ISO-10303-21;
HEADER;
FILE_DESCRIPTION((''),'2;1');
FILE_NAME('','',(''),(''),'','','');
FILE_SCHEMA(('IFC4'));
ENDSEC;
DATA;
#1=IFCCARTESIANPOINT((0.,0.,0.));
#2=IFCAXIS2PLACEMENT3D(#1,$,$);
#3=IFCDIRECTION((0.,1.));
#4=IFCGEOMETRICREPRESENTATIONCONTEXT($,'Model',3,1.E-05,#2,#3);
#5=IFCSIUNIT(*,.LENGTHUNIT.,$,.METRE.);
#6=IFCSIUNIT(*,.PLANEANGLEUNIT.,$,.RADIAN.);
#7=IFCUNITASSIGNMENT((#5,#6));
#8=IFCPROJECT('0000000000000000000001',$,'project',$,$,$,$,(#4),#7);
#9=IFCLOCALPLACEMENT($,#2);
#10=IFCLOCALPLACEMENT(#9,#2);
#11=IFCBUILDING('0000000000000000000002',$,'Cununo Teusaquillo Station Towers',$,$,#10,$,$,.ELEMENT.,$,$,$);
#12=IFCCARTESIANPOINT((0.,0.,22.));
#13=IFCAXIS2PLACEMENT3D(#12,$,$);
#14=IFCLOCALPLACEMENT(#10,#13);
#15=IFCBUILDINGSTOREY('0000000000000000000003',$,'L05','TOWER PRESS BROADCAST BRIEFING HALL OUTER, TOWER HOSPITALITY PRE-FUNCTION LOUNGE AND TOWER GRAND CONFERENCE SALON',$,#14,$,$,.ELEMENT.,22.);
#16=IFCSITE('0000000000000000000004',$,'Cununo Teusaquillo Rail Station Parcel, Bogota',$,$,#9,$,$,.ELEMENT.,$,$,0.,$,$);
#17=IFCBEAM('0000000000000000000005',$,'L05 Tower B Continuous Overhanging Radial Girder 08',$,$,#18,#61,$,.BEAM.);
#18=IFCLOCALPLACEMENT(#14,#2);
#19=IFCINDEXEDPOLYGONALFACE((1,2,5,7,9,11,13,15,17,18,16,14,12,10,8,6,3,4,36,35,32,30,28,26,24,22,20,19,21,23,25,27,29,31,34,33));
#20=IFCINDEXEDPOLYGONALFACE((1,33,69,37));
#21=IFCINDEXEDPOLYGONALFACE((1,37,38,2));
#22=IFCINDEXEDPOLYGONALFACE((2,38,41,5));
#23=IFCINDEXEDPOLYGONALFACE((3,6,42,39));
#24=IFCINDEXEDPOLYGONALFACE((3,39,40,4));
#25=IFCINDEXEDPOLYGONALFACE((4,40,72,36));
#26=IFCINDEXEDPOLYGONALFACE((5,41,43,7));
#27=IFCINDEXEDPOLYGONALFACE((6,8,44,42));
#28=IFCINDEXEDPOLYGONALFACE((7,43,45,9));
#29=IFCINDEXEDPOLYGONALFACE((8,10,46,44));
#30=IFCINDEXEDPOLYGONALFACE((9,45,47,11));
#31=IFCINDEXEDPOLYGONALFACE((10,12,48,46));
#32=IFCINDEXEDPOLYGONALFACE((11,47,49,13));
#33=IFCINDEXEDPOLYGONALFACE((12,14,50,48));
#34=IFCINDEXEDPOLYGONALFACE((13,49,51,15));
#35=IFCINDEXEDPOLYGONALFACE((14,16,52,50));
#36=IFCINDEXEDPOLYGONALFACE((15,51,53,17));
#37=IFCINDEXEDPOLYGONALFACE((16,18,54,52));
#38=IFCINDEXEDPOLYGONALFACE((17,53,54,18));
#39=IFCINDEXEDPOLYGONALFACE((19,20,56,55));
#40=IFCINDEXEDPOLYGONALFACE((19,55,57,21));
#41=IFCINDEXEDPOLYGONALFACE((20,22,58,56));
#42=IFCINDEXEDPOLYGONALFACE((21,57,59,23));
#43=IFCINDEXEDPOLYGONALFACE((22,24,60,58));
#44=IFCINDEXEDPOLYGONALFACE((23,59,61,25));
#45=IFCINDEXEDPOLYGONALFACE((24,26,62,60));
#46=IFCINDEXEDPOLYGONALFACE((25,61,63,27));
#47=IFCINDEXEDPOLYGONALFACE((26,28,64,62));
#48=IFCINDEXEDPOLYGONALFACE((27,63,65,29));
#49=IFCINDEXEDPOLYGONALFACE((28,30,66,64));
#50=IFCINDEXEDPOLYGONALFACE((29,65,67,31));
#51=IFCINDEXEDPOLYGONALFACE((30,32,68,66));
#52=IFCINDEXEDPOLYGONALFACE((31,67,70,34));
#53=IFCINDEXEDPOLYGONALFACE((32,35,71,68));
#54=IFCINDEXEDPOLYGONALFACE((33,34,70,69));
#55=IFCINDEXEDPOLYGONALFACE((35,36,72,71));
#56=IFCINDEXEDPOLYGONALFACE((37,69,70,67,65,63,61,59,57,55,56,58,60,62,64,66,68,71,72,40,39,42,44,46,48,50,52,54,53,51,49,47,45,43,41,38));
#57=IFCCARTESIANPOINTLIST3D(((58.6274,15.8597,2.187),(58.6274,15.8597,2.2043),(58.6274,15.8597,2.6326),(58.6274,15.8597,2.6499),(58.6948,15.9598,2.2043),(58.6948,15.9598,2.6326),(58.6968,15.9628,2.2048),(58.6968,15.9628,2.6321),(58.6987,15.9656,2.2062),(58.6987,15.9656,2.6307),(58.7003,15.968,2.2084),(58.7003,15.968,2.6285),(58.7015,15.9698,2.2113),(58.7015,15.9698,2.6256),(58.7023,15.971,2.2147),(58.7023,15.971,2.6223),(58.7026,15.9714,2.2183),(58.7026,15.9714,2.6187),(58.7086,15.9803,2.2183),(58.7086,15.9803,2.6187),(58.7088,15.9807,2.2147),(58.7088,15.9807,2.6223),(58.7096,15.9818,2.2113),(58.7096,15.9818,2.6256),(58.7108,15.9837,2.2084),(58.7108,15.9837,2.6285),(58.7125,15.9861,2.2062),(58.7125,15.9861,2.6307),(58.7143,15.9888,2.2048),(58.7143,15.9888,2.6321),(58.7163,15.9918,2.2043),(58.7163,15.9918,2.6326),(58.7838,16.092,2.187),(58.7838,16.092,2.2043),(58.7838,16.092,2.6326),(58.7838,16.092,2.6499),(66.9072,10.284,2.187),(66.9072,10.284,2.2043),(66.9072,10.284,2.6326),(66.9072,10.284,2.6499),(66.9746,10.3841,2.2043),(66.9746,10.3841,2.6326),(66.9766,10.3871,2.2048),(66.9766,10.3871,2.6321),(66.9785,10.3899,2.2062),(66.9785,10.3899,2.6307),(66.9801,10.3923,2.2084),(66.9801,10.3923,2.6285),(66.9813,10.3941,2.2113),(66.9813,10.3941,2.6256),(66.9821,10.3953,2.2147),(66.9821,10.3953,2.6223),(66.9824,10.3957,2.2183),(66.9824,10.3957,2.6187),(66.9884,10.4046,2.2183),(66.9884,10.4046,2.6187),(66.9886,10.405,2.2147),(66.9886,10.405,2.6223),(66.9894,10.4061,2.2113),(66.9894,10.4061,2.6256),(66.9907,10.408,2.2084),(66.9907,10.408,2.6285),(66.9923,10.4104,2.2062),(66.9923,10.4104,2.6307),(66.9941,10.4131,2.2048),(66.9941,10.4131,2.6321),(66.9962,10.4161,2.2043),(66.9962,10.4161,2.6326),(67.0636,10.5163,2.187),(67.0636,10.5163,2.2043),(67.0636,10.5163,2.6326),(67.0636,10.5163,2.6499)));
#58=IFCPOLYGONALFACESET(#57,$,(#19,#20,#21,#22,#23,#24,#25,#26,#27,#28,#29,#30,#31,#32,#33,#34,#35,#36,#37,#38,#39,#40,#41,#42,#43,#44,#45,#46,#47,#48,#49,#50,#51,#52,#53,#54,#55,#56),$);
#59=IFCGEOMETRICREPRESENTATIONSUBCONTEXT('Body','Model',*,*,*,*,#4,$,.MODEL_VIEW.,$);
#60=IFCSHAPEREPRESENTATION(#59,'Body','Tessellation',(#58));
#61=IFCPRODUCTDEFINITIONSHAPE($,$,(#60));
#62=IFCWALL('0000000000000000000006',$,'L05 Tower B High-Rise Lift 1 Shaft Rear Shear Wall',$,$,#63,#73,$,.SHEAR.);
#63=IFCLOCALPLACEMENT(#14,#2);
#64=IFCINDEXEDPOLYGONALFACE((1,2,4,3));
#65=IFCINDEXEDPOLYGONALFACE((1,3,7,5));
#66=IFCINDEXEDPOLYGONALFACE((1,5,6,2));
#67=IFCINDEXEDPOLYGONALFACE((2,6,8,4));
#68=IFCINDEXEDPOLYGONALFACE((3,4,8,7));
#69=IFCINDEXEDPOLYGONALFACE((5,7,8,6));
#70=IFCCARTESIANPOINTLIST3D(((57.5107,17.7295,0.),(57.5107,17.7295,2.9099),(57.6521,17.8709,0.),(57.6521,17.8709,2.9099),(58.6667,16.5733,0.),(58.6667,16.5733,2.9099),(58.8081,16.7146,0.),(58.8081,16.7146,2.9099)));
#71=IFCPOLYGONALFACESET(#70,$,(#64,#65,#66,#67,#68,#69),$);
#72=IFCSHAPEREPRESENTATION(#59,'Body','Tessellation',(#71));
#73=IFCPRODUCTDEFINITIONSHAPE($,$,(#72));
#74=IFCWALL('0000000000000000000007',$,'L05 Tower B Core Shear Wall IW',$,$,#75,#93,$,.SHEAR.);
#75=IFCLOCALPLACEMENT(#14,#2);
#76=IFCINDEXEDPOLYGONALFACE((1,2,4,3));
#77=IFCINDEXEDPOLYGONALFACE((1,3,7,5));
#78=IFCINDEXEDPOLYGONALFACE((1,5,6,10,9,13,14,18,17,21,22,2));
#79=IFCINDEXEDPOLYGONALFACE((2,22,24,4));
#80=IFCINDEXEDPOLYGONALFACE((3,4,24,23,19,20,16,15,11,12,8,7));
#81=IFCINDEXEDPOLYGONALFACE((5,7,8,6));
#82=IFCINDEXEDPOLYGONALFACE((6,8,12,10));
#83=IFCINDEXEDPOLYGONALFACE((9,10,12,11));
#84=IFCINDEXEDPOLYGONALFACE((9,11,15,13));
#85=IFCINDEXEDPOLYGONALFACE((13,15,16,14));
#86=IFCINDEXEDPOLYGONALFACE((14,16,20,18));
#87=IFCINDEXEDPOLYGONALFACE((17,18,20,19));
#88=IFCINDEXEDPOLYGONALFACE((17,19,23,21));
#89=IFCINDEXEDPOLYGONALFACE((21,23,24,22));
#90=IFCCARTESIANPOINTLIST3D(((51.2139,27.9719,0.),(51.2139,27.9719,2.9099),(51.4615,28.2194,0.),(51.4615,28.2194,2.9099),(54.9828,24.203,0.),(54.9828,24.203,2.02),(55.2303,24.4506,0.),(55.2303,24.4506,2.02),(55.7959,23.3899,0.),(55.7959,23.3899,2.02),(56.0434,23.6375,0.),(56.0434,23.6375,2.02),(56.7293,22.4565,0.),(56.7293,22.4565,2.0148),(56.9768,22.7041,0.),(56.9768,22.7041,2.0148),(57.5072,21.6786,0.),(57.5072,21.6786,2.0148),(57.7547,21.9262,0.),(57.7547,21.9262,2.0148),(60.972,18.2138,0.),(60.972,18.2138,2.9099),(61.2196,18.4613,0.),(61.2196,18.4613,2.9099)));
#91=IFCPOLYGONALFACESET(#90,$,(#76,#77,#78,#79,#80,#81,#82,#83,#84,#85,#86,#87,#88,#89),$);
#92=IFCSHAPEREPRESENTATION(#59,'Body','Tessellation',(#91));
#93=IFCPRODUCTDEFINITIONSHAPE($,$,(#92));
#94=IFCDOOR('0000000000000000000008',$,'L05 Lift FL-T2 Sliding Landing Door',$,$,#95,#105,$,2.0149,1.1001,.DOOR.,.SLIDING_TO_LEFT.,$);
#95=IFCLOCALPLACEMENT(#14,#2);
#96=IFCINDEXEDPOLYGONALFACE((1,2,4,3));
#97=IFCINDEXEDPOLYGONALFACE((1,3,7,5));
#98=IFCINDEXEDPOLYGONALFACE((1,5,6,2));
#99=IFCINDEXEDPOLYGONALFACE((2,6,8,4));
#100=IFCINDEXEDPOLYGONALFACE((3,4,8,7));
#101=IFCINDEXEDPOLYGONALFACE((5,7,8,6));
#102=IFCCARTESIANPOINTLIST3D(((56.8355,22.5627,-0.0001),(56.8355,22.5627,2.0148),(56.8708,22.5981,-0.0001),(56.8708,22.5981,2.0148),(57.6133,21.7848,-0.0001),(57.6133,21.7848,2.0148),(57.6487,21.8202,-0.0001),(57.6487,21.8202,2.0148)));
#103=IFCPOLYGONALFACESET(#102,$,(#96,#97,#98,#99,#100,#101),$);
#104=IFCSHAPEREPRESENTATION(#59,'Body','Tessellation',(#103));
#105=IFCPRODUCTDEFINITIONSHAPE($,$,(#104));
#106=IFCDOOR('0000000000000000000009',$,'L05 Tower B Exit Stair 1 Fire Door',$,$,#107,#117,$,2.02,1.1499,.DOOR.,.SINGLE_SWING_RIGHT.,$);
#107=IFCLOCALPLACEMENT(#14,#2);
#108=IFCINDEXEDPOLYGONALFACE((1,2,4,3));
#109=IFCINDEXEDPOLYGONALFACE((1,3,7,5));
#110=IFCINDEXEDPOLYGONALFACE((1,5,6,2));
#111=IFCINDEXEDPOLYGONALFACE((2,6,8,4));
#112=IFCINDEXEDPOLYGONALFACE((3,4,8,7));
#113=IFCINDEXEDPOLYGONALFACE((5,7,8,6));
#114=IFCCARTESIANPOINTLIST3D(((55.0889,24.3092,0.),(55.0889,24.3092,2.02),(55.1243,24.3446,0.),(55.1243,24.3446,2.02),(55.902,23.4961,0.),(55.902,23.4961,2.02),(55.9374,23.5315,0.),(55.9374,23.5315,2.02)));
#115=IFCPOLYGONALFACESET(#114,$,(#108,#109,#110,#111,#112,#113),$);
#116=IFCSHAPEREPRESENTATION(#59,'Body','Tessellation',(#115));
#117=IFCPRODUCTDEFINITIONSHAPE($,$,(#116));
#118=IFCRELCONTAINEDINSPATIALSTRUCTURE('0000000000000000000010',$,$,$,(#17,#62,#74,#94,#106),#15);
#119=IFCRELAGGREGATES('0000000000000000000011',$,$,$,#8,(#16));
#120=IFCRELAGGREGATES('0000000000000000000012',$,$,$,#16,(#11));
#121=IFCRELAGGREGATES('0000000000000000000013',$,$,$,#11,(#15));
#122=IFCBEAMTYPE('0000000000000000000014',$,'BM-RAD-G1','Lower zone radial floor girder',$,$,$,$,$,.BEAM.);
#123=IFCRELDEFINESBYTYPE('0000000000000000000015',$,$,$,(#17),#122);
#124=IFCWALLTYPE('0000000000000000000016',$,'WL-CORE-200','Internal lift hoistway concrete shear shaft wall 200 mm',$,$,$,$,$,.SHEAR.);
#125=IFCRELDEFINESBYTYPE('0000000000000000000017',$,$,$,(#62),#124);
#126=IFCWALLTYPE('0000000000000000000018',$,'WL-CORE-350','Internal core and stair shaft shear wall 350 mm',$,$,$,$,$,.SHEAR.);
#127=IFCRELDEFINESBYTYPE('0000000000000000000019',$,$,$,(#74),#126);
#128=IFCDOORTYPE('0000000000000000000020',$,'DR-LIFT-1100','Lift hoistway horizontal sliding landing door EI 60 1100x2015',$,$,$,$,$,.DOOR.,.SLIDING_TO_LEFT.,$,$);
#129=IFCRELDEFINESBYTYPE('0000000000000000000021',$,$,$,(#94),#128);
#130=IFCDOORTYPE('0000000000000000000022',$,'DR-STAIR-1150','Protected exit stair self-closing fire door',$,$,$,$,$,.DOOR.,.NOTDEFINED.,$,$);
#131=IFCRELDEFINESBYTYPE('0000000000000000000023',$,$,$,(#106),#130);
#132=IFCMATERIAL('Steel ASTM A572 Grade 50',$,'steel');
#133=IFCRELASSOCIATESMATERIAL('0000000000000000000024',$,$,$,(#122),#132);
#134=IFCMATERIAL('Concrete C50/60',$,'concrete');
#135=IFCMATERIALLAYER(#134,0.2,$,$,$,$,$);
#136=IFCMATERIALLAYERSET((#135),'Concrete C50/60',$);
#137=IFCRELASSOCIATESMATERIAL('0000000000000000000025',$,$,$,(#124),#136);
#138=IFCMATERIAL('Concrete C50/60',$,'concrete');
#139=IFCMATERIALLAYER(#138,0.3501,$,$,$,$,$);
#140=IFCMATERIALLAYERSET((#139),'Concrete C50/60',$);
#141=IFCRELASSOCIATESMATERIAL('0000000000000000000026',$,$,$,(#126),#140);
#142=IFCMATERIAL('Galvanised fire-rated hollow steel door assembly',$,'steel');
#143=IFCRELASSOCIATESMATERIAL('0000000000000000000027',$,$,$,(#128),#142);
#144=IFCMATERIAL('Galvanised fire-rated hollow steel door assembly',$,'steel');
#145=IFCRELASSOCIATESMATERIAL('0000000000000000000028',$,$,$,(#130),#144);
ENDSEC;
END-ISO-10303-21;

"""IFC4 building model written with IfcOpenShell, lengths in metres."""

from ifc_helpers import new_model, si_unit, direction, frame, frame_2d, origin, origin_2d, place, context, subcontext, project, spatial, rectangle, i_section, extrude, source, transform, mapped, material, layer, layer_set, material_profile, profile_set, type_object, element, fill, save


model = new_model("IFC4")

# Units and contexts
model_context = context("Model", 3, precision=1e-05, world=origin(), true_north=direction((0.0, 1.0)))
body_context = subcontext(model_context, "Body", "Model", "MODEL_VIEW")
ifc_project = project(units=[si_unit("LENGTHUNIT", "METRE"), si_unit("PLANEANGLEUNIT", "RADIAN")], contexts=[model_context])

# Site, building, storey
site_placement = place(None, origin())
site = spatial("IfcSite", under=ifc_project, at=site_placement, Name="Cununo Teusaquillo Rail Station Parcel, Bogota", CompositionType="ELEMENT", RefElevation=0.0)
building_placement = place(site_placement, origin())
building = spatial("IfcBuilding", under=site, at=building_placement, Name="Cununo Teusaquillo Station Towers", CompositionType="ELEMENT")
storey_placement = place(building_placement, frame((0.0, 0.0, 22.0)))
storey = spatial("IfcBuildingStorey", under=building, at=storey_placement, Name="L05", Description="TOWER PRESS BROADCAST BRIEFING HALL OUTER, TOWER HOSPITALITY PRE-FUNCTION LOUNGE AND TOWER GRAND CONFERENCE SALON", CompositionType="ELEMENT", Elevation=22.0)

# Beam
ifc_material_1 = material(Name="Steel ASTM A572 Grade 50", Category="steel")
ifc_material_profile_1 = material_profile(ifc_material_1, i_section(OverallWidth=0.28, OverallDepth=0.4629, WebThickness=0.0107, FlangeThickness=0.0173, FilletRadius=0.0139, at=origin_2d()), Name="W18X76")
ifc_profile_set_1 = profile_set([ifc_material_profile_1], Name="Steel ASTM A572 Grade 50")
beam_type_1 = type_object("IfcBeamType", Name="BM-RAD-G1", Description="Lower zone radial floor girder", PredefinedType="BEAM", material=ifc_profile_set_1)
beam_1_placement = place(storey_placement, frame((58.7056, 15.9758, 2.4185), z_axis=(0.82946, -0.558566, 0.0), x_axis=(0.558566, 0.82946, 0.0)))
element("IfcBeam", 1, at=beam_1_placement, inside=storey, type_object=beam_type_1, Name="L05 Tower B Continuous Overhanging Radial Girder 08", PredefinedType="BEAM", context=body_context, shape_type="SweptSolid", body=[
    extrude(i_section(OverallWidth=0.28, OverallDepth=0.4629, WebThickness=0.0107, FlangeThickness=0.0173, FilletRadius=0.0139, at=origin_2d()), origin(), (0.0, 0.0, 1.0), 9.9822),
])

# Wall
ifc_material_2 = material(Name="Concrete C50/60", Category="concrete")
ifc_layer_1 = layer(ifc_material_2, 0.2)
ifc_layer_set_1 = layer_set([ifc_layer_1], Name="Concrete C50/60")
wall_type_1 = type_object("IfcWallType", Name="WL-CORE-200", Description="Internal lift hoistway concrete shear shaft wall 200 mm", PredefinedType="SHEAR", material=ifc_layer_set_1)
wall_1_placement = place(storey_placement, frame((58.7373, 16.644, 0.0), z_axis=(0.0, 0.0, 1.0), x_axis=(-0.707032, 0.707181, 0.0)))
element("IfcWall", 2, at=wall_1_placement, inside=storey, type_object=wall_type_1, Name="L05 Tower B High-Rise Lift 1 Shaft Rear Shear Wall", PredefinedType="SHEAR", context=body_context, shape_type="SweptSolid", body=[
    extrude(rectangle(XDim=1.635, YDim=0.2, at=frame_2d((0.8174, 0.0))), origin(), (0.0, 0.0, 1.0), 2.9099),
])

# Wall, openings, doors
ifc_material_3 = material(Name="Concrete C50/60", Category="concrete")
ifc_layer_2 = layer(ifc_material_3, 0.3501)
ifc_layer_set_2 = layer_set([ifc_layer_2], Name="Concrete C50/60")
wall_type_2 = type_object("IfcWallType", Name="WL-CORE-350", Description="Internal core and stair shaft shear wall 350 mm", PredefinedType="SHEAR", material=ifc_layer_set_2)
wall_2_placement = place(storey_placement, frame((61.0957, 18.3376, 0.0), z_axis=(0.0, 0.0, 1.0), x_axis=(-0.707107, 0.707107, 0.0)))
wall_2 = element("IfcWall", 3, at=wall_2_placement, inside=storey, type_object=wall_type_2, Name="L05 Tower B Core Shear Wall IW", PredefinedType="SHEAR", context=body_context, shape_type="SweptSolid", body=[
    extrude(rectangle(XDim=13.8, YDim=0.3501, at=frame_2d((6.8999, 0.0))), origin(), (0.0, 0.0, 1.0), 2.9099),
])
shared_shape_1 = source(origin(), body_context, "Body", "SweptSolid", [
    extrude(rectangle(XDim=1.1001, YDim=2.0149, at=frame_2d((0.55, 1.0073))), frame((0.0, 0.1851, 0.0), z_axis=(0.0, -1.0, 0.0), x_axis=(1.0, 0.0, 0.0)), (0.0, 0.0, 1.0), 0.3701),
])
opening_1_placement = place(wall_2_placement, frame((4.8999, 0.0, 0.0)))
opening_1 = element("IfcOpeningElement", 4, at=opening_1_placement, cuts=wall_2, PredefinedType="OPENING", context=body_context, shape_type="MappedRepresentation", body=[
    mapped(shared_shape_1, transform((0.0, 0.0, 0.0), x_axis=(1.0, 0.0, 0.0), y_axis=(0.0, 1.0, 0.0), z_axis=(0.0, 0.0, 1.0), scale=1.0)),
])
shared_shape_2 = source(origin(), body_context, "Body", "SweptSolid", [
    extrude(rectangle(XDim=1.1499, YDim=2.02, at=frame_2d((0.575, 1.01))), frame((0.0, 0.1851, 0.0), z_axis=(0.0, -1.0, 0.0), x_axis=(1.0, 0.0, 0.0)), (0.0, 0.0, 1.0), 0.3701),
])
opening_2_placement = place(wall_2_placement, frame((7.3201, 0.0, 0.0)))
opening_2 = element("IfcOpeningElement", 5, at=opening_2_placement, cuts=wall_2, PredefinedType="OPENING", context=body_context, shape_type="MappedRepresentation", body=[
    mapped(shared_shape_2, transform((0.0, 0.0, 0.0), x_axis=(1.0, 0.0, 0.0), y_axis=(0.0, 1.0, 0.0), z_axis=(0.0, 0.0, 1.0), scale=1.0)),
])
ifc_material_4 = material(Name="Galvanised fire-rated hollow steel door assembly", Category="steel")
door_type_1 = type_object("IfcDoorType", Name="DR-LIFT-1100", Description="Lift hoistway horizontal sliding landing door EI 60 1100x2015", OperationType="SLIDING_TO_LEFT", PredefinedType="DOOR", material=ifc_material_4)
shared_shape_3 = source(origin(), body_context, "Body", "SweptSolid", [
    extrude(rectangle(XDim=1.1001, YDim=2.0149, at=frame_2d((0.55, 1.0073))), frame((0.0, 0.0249, 0.0), z_axis=(0.0, -1.0, 0.0), x_axis=(1.0, 0.0, 0.0)), (0.0, 0.0, 1.0), 0.05),
])
door_1_placement = place(opening_1_placement, origin())
door_1 = element("IfcDoor", 6, at=door_1_placement, inside=storey, type_object=door_type_1, Name="L05 Lift FL-T2 Sliding Landing Door", OperationType="SLIDING_TO_LEFT", OverallHeight=2.0149, OverallWidth=1.1001, PredefinedType="DOOR", context=body_context, shape_type="MappedRepresentation", body=[
    mapped(shared_shape_3, transform((0.0, 0.0, 0.0), x_axis=(1.0, 0.0, 0.0), y_axis=(0.0, 1.0, 0.0), z_axis=(0.0, 0.0, 1.0), scale=1.0)),
])
fill(opening_1, door_1)
ifc_material_5 = material(Name="Galvanised fire-rated hollow steel door assembly", Category="steel")
door_type_2 = type_object("IfcDoorType", Name="DR-STAIR-1150", Description="Protected exit stair self-closing fire door", OperationType="NOTDEFINED", PredefinedType="DOOR", material=ifc_material_5)
shared_shape_4 = source(origin(), body_context, "Body", "SweptSolid", [
    extrude(rectangle(XDim=1.1499, YDim=2.02, at=frame_2d((0.575, 1.01))), frame((0.0, 0.0249, 0.0), z_axis=(0.0, -1.0, 0.0), x_axis=(1.0, 0.0, 0.0)), (0.0, 0.0, 1.0), 0.05),
])
door_2_placement = place(opening_2_placement, origin())
door_2 = element("IfcDoor", 7, at=door_2_placement, inside=storey, type_object=door_type_2, Name="L05 Tower B Exit Stair 1 Fire Door", OperationType="SINGLE_SWING_RIGHT", OverallHeight=2.02, OverallWidth=1.1499, PredefinedType="DOOR", context=body_context, shape_type="MappedRepresentation", body=[
    mapped(shared_shape_4, transform((0.0, 0.0, 0.0), x_axis=(1.0, 0.0, 0.0), y_axis=(0.0, 1.0, 0.0), z_axis=(0.0, 0.0, 1.0), scale=1.0)),
])
fill(opening_2, door_2)

save(model, "model.ifc")
